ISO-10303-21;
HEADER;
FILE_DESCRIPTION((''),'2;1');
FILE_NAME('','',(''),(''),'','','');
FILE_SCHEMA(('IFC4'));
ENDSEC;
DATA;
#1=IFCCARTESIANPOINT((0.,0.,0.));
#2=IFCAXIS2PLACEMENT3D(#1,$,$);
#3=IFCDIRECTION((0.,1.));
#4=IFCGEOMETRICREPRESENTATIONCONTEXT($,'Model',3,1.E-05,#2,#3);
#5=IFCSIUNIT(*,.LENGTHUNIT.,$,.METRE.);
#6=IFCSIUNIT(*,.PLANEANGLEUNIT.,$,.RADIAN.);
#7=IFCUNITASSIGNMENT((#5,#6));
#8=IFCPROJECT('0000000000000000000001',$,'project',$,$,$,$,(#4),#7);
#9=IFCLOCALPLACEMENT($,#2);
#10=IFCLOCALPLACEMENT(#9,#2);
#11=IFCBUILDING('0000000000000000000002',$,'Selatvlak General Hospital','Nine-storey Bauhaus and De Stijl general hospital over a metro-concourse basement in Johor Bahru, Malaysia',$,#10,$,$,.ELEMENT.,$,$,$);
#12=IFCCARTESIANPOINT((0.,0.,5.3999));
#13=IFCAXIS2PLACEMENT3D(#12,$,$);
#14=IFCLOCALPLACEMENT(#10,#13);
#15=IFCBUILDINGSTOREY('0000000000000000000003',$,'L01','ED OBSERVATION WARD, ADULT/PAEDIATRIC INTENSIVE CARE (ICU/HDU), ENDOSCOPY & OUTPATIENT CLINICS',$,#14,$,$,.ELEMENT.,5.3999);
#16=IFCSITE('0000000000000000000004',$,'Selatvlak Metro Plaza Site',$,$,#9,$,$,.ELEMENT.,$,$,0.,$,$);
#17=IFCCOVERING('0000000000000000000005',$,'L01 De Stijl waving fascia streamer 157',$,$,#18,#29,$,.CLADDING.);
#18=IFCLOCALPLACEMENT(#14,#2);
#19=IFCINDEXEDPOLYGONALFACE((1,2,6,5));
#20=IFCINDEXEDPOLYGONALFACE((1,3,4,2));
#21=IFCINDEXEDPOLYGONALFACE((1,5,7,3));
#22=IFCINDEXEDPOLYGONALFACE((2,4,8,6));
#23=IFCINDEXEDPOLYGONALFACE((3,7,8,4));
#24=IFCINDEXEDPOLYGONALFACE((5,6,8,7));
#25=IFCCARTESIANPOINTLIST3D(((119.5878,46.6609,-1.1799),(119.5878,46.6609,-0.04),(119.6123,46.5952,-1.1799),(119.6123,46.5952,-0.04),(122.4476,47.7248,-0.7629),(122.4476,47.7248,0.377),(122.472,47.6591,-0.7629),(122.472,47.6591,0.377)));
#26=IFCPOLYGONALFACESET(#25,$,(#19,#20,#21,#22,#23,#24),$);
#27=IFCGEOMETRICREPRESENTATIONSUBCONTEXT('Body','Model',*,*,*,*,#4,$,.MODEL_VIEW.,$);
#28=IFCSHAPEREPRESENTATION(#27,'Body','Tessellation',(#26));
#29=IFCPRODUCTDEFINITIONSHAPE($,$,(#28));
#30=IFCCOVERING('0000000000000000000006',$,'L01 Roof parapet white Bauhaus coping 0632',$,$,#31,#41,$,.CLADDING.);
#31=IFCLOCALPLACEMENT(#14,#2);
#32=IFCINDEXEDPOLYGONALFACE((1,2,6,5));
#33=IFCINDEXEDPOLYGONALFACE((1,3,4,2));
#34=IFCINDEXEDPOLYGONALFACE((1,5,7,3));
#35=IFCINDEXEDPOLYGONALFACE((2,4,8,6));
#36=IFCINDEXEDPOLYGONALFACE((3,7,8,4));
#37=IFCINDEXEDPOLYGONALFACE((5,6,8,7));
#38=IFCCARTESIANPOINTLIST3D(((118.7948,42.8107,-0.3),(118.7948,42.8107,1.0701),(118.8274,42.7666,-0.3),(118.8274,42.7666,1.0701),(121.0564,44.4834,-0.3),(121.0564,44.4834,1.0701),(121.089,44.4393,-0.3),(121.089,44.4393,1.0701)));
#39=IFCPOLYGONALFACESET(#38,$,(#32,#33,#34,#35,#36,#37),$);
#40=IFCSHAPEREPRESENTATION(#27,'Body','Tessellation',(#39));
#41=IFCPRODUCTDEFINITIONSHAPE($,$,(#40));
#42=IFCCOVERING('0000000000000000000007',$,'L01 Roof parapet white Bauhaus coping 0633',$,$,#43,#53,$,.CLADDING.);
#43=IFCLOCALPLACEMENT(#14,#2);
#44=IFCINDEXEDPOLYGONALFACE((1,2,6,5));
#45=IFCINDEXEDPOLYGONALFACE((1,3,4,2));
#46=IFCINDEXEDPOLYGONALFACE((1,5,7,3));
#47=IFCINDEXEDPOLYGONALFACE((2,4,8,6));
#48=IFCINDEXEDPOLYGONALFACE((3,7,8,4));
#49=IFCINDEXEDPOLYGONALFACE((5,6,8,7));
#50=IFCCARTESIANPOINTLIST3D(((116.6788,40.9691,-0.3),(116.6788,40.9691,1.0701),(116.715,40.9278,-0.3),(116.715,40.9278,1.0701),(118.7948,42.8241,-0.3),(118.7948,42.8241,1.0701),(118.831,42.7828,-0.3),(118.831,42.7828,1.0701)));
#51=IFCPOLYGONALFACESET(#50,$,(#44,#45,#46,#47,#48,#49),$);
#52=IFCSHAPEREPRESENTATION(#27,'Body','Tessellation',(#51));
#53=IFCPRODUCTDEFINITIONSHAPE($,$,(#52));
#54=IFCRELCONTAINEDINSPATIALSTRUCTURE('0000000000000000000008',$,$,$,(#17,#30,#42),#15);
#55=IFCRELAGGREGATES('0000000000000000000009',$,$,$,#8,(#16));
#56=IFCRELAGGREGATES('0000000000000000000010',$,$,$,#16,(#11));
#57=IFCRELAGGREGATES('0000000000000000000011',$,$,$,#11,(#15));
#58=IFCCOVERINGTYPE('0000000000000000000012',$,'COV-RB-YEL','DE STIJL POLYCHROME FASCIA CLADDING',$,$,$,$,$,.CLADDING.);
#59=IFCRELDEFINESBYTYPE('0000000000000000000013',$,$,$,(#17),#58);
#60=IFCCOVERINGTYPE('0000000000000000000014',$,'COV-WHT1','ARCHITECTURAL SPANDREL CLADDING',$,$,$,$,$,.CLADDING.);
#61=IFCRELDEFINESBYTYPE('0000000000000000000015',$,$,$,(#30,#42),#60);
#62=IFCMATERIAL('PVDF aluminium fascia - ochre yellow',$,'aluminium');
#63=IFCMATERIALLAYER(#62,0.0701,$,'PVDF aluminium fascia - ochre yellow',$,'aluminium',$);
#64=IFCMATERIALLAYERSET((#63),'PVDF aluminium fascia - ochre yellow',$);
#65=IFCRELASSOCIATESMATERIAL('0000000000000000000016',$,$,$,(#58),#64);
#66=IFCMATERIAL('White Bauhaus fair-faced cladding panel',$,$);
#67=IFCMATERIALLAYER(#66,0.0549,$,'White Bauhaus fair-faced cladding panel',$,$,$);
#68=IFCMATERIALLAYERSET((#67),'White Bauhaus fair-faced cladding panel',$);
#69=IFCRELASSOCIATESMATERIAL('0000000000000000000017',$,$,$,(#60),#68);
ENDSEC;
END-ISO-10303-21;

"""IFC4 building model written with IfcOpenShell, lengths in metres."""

from ifc_helpers import new_model, si_unit, direction, frame, origin, origin_2d, place, context, subcontext, project, spatial, polyline, rectangle, outline, extrude, material, layer, layer_set, type_object, element, save


model = new_model("IFC4")

# Units and contexts
model_context = context("Model", 3, precision=1e-05, world=origin(), true_north=direction((0.0, 1.0)))
body_context = subcontext(model_context, "Body", "Model", "MODEL_VIEW")
ifc_project = project(units=[si_unit("LENGTHUNIT", "METRE"), si_unit("PLANEANGLEUNIT", "RADIAN")], contexts=[model_context])

# Site, building, storey
site_placement = place(None, origin())
site = spatial("IfcSite", under=ifc_project, at=site_placement, Name="Selatvlak Metro Plaza Site", CompositionType="ELEMENT", RefElevation=0.0)
building_placement = place(site_placement, origin())
building = spatial("IfcBuilding", under=site, at=building_placement, Name="Selatvlak General Hospital", Description="Nine-storey Bauhaus and De Stijl general hospital over a metro-concourse basement in Johor Bahru, Malaysia", CompositionType="ELEMENT")
storey_placement = place(building_placement, frame((0.0, 0.0, 5.3999)))
storey = spatial("IfcBuildingStorey", under=building, at=storey_placement, Name="L01", Description="ED OBSERVATION WARD, ADULT/PAEDIATRIC INTENSIVE CARE (ICU/HDU), ENDOSCOPY & OUTPATIENT CLINICS", CompositionType="ELEMENT", Elevation=5.3999)

# Coverings
ifc_material_1 = material(Name="PVDF aluminium fascia - ochre yellow", Category="aluminium")
ifc_layer_1 = layer(ifc_material_1, 0.0701, Name="PVDF aluminium fascia - ochre yellow", Category="aluminium")
ifc_layer_set_1 = layer_set([ifc_layer_1], Name="PVDF aluminium fascia - ochre yellow")
covering_type_1 = type_object("IfcCoveringType", Name="COV-RB-YEL", Description="DE STIJL POLYCHROME FASCIA CLADDING", PredefinedType="CLADDING", material=ifc_layer_set_1)
covering_1_placement = place(storey_placement, frame((119.6001, 46.6279, -1.1799), z_axis=(0.0, 0.0, 1.0), x_axis=(0.93724, 0.348685, 0.0)))
element("IfcCovering", 1, at=covering_1_placement, inside=storey, type_object=covering_type_1, Name="L01 De Stijl waving fascia streamer 157", PredefinedType="CLADDING", context=body_context, shape_type="SweptSolid", body=[
    extrude(outline(polyline([(0.0, 0.0), (3.0513, 0.417), (3.0513, 1.5569), (0.0, 1.1399), (0.0, 0.0)])), frame((0.0, 0.0352, 0.0), z_axis=(0.0, -1.0, 0.0), x_axis=(1.0, 0.0, 0.0)), (0.0, 0.0, 1.0), 0.0701),
])
ifc_material_2 = material(Name="White Bauhaus fair-faced cladding panel")
ifc_layer_2 = layer(ifc_material_2, 0.0549, Name="White Bauhaus fair-faced cladding panel")
ifc_layer_set_2 = layer_set([ifc_layer_2], Name="White Bauhaus fair-faced cladding panel")
covering_type_2 = type_object("IfcCoveringType", Name="COV-WHT1", Description="ARCHITECTURAL SPANDREL CLADDING", PredefinedType="CLADDING", material=ifc_layer_set_2)
covering_2_placement = place(storey_placement, frame((119.9419, 43.625, -0.3), z_axis=(0.0, 0.0, 1.0), x_axis=(-0.803992, -0.59464, 0.0)))
element("IfcCovering", 2, at=covering_2_placement, inside=storey, type_object=covering_type_2, Name="L01 Roof parapet white Bauhaus coping 0632", PredefinedType="CLADDING", context=body_context, shape_type="SweptSolid", body=[
    extrude(rectangle(XDim=2.813, YDim=0.0549, at=origin_2d()), origin(), (0.0, 0.0, 1.0), 1.3701),
])
covering_3_placement = place(storey_placement, frame((117.7549, 41.876, -0.3), z_axis=(0.0, 0.0, 1.0), x_axis=(-0.751955, -0.659215, 0.0)))
element("IfcCovering", 3, at=covering_3_placement, inside=storey, type_object=covering_type_2, Name="L01 Roof parapet white Bauhaus coping 0633", PredefinedType="CLADDING", context=body_context, shape_type="SweptSolid", body=[
    extrude(rectangle(XDim=2.814, YDim=0.0549, at=origin_2d()), origin(), (0.0, 0.0, 1.0), 1.3701),
])

save(model, "model.ifc")
